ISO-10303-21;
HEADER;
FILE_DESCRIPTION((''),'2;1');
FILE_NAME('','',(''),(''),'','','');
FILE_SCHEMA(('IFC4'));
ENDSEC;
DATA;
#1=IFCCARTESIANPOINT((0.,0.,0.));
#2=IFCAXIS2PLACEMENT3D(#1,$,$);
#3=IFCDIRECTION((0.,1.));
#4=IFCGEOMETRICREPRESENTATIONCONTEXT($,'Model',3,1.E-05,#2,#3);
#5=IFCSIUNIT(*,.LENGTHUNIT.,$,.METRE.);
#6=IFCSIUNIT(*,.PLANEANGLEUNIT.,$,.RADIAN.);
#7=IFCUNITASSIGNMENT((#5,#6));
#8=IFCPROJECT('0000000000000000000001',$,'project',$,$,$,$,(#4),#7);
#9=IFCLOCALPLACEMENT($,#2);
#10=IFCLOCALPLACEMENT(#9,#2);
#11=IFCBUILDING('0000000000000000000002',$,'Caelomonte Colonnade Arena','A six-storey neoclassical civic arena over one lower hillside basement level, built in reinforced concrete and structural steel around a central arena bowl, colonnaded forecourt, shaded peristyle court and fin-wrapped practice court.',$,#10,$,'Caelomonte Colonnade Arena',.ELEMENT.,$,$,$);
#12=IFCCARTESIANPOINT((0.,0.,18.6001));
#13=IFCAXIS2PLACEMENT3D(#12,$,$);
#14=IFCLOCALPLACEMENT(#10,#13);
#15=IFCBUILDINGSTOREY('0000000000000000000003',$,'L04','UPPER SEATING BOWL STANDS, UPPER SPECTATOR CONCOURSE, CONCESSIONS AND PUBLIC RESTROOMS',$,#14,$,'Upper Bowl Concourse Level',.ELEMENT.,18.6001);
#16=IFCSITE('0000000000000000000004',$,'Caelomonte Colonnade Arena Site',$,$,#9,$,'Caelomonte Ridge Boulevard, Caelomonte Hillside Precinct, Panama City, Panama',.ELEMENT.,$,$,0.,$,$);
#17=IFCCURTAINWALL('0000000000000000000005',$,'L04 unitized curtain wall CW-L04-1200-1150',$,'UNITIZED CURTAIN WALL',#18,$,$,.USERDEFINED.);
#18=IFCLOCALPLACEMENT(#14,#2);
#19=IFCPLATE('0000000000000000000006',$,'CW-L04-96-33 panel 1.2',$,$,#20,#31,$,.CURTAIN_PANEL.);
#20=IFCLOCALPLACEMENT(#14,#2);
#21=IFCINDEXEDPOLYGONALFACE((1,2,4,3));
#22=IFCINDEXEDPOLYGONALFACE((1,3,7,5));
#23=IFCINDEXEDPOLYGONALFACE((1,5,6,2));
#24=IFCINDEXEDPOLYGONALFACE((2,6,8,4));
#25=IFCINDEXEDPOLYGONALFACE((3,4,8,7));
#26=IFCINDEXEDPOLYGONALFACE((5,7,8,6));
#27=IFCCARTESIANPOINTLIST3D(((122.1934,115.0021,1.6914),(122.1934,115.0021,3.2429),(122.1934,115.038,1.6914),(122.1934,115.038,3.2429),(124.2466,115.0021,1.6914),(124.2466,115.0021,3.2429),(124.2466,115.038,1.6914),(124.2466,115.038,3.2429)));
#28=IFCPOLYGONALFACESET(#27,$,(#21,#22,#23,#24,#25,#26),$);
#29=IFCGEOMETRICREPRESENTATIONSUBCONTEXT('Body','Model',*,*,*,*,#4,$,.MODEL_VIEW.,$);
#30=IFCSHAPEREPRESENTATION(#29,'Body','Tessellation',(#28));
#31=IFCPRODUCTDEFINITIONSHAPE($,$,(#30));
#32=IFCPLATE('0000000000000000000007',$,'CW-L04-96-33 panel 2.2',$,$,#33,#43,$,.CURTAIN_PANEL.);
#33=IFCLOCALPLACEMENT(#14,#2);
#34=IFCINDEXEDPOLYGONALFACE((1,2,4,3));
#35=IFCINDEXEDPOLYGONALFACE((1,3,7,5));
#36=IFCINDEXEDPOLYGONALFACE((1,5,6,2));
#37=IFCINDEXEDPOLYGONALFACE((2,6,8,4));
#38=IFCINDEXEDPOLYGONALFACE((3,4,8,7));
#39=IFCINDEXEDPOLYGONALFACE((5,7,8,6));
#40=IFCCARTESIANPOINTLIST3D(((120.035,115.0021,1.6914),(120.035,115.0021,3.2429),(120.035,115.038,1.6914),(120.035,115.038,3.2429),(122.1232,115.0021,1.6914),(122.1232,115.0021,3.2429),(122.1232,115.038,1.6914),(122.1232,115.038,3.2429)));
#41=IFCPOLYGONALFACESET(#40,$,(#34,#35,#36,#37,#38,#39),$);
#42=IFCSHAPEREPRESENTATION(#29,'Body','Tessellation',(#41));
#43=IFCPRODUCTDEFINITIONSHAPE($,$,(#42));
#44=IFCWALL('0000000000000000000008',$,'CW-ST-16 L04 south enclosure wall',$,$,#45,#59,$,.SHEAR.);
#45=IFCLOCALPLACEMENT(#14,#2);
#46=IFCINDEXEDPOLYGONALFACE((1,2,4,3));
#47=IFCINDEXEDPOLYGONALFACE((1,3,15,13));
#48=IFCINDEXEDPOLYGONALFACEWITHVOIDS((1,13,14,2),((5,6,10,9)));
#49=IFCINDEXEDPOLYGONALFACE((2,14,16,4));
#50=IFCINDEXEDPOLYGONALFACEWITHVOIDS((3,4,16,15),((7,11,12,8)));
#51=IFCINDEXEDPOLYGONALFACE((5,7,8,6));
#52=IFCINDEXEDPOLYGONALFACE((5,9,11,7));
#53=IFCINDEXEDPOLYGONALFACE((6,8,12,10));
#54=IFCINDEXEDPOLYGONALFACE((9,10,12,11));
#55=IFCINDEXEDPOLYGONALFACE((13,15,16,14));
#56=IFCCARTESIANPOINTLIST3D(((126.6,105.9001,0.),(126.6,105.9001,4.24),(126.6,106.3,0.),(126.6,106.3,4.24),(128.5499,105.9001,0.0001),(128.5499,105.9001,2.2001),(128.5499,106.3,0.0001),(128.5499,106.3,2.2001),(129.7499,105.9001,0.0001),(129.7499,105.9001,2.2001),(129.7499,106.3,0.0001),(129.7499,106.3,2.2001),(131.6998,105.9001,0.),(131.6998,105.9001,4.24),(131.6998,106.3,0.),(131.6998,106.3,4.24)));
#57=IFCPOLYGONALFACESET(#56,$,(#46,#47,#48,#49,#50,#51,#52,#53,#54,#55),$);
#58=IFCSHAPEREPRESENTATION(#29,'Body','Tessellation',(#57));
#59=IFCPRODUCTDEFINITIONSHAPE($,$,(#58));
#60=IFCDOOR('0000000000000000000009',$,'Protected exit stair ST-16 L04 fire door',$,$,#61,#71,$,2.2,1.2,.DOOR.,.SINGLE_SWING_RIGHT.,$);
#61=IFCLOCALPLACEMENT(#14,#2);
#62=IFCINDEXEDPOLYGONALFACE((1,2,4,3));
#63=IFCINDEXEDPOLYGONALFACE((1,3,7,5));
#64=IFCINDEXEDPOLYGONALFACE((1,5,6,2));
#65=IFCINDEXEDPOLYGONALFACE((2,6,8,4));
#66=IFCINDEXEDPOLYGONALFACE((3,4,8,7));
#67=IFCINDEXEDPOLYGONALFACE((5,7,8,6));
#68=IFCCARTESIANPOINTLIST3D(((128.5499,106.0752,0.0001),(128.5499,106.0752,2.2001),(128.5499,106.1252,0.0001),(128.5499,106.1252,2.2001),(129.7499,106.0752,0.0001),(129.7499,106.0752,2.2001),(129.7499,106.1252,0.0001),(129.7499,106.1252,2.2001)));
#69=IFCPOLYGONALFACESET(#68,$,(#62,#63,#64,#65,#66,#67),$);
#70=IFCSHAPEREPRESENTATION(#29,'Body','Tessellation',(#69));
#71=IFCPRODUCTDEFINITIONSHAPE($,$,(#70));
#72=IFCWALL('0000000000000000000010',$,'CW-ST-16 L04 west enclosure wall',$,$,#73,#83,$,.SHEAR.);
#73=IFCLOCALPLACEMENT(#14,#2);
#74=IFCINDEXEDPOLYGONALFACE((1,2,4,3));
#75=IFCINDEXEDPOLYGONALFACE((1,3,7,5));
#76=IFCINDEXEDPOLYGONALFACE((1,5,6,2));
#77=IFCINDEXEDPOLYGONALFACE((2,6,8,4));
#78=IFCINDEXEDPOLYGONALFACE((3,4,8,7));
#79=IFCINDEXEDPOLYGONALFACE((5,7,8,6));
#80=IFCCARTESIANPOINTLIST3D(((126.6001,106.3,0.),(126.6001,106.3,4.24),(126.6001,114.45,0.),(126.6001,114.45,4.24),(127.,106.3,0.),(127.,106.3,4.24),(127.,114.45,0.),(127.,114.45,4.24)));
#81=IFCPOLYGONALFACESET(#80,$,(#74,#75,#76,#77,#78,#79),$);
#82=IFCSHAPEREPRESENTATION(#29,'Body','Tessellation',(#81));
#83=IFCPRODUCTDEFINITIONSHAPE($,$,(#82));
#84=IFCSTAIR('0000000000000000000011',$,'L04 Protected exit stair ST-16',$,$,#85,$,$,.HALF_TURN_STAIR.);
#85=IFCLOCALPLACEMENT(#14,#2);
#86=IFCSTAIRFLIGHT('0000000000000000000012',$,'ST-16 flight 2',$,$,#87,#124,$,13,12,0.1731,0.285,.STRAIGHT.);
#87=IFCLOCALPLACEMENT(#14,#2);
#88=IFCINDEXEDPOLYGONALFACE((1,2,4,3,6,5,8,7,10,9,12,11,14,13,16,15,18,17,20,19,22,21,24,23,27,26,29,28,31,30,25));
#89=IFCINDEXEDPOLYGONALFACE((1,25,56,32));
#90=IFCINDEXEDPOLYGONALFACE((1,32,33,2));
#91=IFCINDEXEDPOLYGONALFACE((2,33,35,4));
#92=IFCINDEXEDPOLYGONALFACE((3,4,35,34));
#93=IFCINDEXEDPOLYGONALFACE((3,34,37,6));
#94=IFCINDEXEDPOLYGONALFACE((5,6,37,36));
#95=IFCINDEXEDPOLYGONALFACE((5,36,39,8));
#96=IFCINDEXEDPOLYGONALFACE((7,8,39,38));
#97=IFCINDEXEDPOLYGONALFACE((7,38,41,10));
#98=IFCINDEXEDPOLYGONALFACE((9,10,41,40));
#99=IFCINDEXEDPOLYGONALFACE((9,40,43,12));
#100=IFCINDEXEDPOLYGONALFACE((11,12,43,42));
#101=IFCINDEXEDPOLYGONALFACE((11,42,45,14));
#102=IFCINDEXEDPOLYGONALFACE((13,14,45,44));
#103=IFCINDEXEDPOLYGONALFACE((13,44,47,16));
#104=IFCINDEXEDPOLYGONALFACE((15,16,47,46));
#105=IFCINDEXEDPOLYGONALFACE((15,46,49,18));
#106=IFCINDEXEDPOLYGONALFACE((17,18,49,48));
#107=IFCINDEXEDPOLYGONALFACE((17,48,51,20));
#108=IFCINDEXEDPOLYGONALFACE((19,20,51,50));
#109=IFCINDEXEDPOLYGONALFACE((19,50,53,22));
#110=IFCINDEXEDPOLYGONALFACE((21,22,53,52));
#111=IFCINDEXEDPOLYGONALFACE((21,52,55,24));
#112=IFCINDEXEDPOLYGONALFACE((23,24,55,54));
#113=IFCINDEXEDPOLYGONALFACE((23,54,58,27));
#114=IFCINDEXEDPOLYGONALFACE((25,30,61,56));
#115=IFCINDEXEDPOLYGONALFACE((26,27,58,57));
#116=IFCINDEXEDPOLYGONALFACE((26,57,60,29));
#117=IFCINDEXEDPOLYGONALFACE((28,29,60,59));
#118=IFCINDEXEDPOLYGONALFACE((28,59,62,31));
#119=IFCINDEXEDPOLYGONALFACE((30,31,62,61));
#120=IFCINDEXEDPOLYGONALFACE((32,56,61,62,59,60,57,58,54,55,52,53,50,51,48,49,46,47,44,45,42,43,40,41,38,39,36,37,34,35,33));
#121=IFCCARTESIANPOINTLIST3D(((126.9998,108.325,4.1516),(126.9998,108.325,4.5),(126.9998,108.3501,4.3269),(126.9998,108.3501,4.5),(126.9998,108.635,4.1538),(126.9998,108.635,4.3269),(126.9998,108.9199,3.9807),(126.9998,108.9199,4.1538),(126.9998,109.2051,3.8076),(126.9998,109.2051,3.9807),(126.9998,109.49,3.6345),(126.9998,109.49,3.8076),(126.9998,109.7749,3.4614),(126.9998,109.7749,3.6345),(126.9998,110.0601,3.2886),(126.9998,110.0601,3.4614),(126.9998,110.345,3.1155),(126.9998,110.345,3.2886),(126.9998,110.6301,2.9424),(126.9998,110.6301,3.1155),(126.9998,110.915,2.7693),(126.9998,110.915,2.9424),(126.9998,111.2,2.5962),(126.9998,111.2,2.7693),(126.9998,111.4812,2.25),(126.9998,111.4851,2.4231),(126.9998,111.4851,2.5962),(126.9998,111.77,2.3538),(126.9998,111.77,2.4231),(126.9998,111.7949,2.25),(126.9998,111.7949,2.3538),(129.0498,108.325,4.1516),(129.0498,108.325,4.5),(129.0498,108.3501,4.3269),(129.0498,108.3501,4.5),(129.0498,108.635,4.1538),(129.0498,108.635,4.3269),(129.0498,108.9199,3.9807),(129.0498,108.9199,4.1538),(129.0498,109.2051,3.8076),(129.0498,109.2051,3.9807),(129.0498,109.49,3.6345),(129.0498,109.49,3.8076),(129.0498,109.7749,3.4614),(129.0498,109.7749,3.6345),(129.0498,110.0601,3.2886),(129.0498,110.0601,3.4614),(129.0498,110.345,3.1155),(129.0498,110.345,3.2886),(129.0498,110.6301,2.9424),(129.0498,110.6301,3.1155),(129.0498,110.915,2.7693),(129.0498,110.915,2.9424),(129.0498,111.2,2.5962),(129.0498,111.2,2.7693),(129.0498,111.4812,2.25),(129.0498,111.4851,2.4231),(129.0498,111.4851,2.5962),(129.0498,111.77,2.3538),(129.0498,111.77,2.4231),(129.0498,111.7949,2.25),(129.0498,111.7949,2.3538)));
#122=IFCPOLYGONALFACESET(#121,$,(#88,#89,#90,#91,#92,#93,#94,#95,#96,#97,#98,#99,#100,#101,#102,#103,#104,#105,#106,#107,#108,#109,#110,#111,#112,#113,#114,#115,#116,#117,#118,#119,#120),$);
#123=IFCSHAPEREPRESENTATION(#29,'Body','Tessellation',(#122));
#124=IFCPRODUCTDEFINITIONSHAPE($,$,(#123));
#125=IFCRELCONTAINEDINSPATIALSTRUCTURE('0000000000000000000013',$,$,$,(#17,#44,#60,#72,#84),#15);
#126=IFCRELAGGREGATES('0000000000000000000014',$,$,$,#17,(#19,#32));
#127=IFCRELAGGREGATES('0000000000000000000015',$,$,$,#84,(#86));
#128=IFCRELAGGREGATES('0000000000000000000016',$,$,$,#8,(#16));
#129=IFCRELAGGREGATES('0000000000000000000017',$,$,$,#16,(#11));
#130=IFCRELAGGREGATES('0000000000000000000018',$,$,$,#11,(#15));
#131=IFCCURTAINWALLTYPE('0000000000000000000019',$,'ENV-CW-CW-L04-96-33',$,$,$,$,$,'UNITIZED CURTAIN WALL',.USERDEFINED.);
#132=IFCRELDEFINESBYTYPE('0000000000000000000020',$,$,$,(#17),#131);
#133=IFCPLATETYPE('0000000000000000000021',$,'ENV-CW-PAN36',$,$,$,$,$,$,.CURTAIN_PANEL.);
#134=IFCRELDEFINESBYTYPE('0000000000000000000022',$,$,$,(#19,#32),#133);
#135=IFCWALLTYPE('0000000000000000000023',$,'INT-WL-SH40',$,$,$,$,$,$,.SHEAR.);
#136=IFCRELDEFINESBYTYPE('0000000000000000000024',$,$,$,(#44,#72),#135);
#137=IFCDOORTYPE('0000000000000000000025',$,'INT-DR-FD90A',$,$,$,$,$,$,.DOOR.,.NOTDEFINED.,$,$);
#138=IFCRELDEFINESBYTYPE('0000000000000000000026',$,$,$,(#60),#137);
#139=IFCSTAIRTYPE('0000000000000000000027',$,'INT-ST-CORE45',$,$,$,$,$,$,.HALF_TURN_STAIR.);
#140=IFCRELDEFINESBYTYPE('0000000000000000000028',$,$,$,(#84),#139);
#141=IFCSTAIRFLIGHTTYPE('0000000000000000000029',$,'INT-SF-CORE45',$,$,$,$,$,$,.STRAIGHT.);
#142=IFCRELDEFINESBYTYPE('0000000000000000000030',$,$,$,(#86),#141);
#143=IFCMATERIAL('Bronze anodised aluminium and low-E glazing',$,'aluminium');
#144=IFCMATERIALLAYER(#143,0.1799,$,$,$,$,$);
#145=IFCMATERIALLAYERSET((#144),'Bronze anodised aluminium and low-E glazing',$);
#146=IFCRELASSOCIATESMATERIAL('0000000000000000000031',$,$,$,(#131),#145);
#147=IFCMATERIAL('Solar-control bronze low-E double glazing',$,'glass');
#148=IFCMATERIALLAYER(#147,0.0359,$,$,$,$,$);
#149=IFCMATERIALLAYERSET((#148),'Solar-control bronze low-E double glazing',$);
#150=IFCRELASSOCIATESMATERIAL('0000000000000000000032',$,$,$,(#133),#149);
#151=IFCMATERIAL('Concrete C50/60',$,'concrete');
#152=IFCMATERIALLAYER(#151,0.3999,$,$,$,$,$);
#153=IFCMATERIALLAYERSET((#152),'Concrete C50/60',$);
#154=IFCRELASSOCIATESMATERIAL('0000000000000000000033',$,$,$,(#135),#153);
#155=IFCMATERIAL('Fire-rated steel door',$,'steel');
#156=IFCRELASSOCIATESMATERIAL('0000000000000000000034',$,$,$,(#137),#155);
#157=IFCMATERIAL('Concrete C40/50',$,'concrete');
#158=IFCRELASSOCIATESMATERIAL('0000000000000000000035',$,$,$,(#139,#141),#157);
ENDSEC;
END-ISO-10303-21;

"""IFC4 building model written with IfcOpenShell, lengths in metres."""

from ifc_helpers import new_model, si_unit, direction, frame, frame_2d, origin, origin_2d, place, context, subcontext, project, spatial, polyline, rectangle, outline, extrude, material, layer, layer_set, type_object, element, fill, aggregate, save


model = new_model("IFC4")

# Units and contexts
model_context = context("Model", 3, precision=1e-05, world=origin(), true_north=direction((0.0, 1.0)))
body_context = subcontext(model_context, "Body", "Model", "MODEL_VIEW")
ifc_project = project(units=[si_unit("LENGTHUNIT", "METRE"), si_unit("PLANEANGLEUNIT", "RADIAN")], contexts=[model_context])

# Site, building, storey
site_placement = place(None, origin())
site = spatial("IfcSite", under=ifc_project, at=site_placement, Name="Caelomonte Colonnade Arena Site", LongName="Caelomonte Ridge Boulevard, Caelomonte Hillside Precinct, Panama City, Panama", CompositionType="ELEMENT", RefElevation=0.0)
building_placement = place(site_placement, origin())
building = spatial("IfcBuilding", under=site, at=building_placement, Name="Caelomonte Colonnade Arena", Description="A six-storey neoclassical civic arena over one lower hillside basement level, built in reinforced concrete and structural steel around a central arena bowl, colonnaded forecourt, shaded peristyle court and fin-wrapped practice court.", LongName="Caelomonte Colonnade Arena", CompositionType="ELEMENT")
storey_placement = place(building_placement, frame((0.0, 0.0, 18.6001)))
storey = spatial("IfcBuildingStorey", under=building, at=storey_placement, Name="L04", Description="UPPER SEATING BOWL STANDS, UPPER SPECTATOR CONCOURSE, CONCESSIONS AND PUBLIC RESTROOMS", LongName="Upper Bowl Concourse Level", CompositionType="ELEMENT", Elevation=18.6001)

# Shared definitions
ifc_material_1 = material(Name="Concrete C40/50", Category="concrete")

# Curtain wall
ifc_material_2 = material(Name="Bronze anodised aluminium and low-E glazing", Category="aluminium")
ifc_layer_1 = layer(ifc_material_2, 0.1799)
ifc_layer_set_1 = layer_set([ifc_layer_1], Name="Bronze anodised aluminium and low-E glazing")
curtain_wall_type = type_object("IfcCurtainWallType", Name="ENV-CW-CW-L04-96-33", ElementType="UNITIZED CURTAIN WALL", PredefinedType="USERDEFINED", material=ifc_layer_set_1)
curtain_wall_1_placement = place(storey_placement, origin())
curtain_wall_1 = element("IfcCurtainWall", 1, at=curtain_wall_1_placement, inside=storey, type_object=curtain_wall_type, Name="L04 unitized curtain wall CW-L04-1200-1150", ObjectType="UNITIZED CURTAIN WALL", PredefinedType="USERDEFINED")

# Plates
ifc_material_3 = material(Name="Solar-control bronze low-E double glazing", Category="glass")
ifc_layer_2 = layer(ifc_material_3, 0.0359)
ifc_layer_set_2 = layer_set([ifc_layer_2], Name="Solar-control bronze low-E double glazing")
plate_type = type_object("IfcPlateType", Name="ENV-CW-PAN36", PredefinedType="CURTAIN_PANEL", material=ifc_layer_set_2)
plate_1_placement = place(storey_placement, frame((123.22, 115.02, 1.6914), z_axis=(0.0, 0.0, 1.0), x_axis=(-1.0, 0.0, 0.0)))
plate_1 = element("IfcPlate", 2, at=plate_1_placement, type_object=plate_type, Name="CW-L04-96-33 panel 1.2", PredefinedType="CURTAIN_PANEL", context=body_context, shape_type="SweptSolid", body=[
    extrude(rectangle(XDim=2.0532, YDim=0.0359, at=origin_2d()), origin(), (0.0, 0.0, 1.0), 1.5515),
])
plate_2_placement = place(storey_placement, frame((121.0791, 115.02, 1.6914), z_axis=(0.0, 0.0, 1.0), x_axis=(-1.0, 0.0, 0.0)))
plate_2 = element("IfcPlate", 3, at=plate_2_placement, type_object=plate_type, Name="CW-L04-96-33 panel 2.2", PredefinedType="CURTAIN_PANEL", context=body_context, shape_type="SweptSolid", body=[
    extrude(rectangle(XDim=2.0881, YDim=0.0359, at=origin_2d()), origin(), (0.0, 0.0, 1.0), 1.5515),
])
aggregate(curtain_wall_1, [plate_1, plate_2])

# Wall, opening, door
ifc_material_4 = material(Name="Concrete C50/60", Category="concrete")
ifc_layer_3 = layer(ifc_material_4, 0.3999)
ifc_layer_set_3 = layer_set([ifc_layer_3], Name="Concrete C50/60")
wall_type = type_object("IfcWallType", Name="INT-WL-SH40", PredefinedType="SHEAR", material=ifc_layer_set_3)
wall_1_placement = place(storey_placement, frame((126.6001, 106.1001, 0.0), z_axis=(0.0, 0.0, 1.0), x_axis=(1.0, 0.0, 0.0)))
wall_1 = element("IfcWall", 4, at=wall_1_placement, inside=storey, type_object=wall_type, Name="CW-ST-16 L04 south enclosure wall", PredefinedType="SHEAR", context=body_context, shape_type="SweptSolid", body=[
    extrude(rectangle(XDim=5.0999, YDim=0.3999, at=frame_2d((2.5498, 0.0))), origin(), (0.0, 0.0, 1.0), 4.24),
])
opening_placement = place(wall_1_placement, frame((3.1499, 0.0, 0.0), z_axis=(0.0, 0.0, 1.0), x_axis=(-1.0, 0.0, 0.0)))
opening = element("IfcOpeningElement", 5, at=opening_placement, cuts=wall_1, PredefinedType="OPENING", context=body_context, shape_type="SweptSolid", body=[
    extrude(rectangle(XDim=1.2, YDim=2.2, at=frame_2d((0.6001, 1.1001))), frame((0.0, 0.21, 0.0), z_axis=(0.0, -1.0, 0.0), x_axis=(1.0, 0.0, 0.0)), (0.0, 0.0, 1.0), 0.4199),
])
ifc_material_5 = material(Name="Fire-rated steel door", Category="steel")
door_type = type_object("IfcDoorType", Name="INT-DR-FD90A", OperationType="NOTDEFINED", PredefinedType="DOOR", material=ifc_material_5)
door_placement = place(opening_placement, origin())
door = element("IfcDoor", 6, at=door_placement, inside=storey, type_object=door_type, Name="Protected exit stair ST-16 L04 fire door", OperationType="SINGLE_SWING_RIGHT", OverallHeight=2.2, OverallWidth=1.2, PredefinedType="DOOR", context=body_context, shape_type="SweptSolid", body=[
    extrude(rectangle(XDim=1.2, YDim=2.2, at=frame_2d((0.6001, 1.1001))), frame((0.0, 0.0249, 0.0), z_axis=(0.0, -1.0, 0.0), x_axis=(1.0, 0.0, 0.0)), (0.0, 0.0, 1.0), 0.05),
])
fill(opening, door)

# Wall
wall_2_placement = place(storey_placement, frame((126.8, 114.45, 0.0), z_axis=(0.0, 0.0, 1.0), x_axis=(0.0, -1.0, 0.0)))
element("IfcWall", 7, at=wall_2_placement, inside=storey, type_object=wall_type, Name="CW-ST-16 L04 west enclosure wall", PredefinedType="SHEAR", context=body_context, shape_type="SweptSolid", body=[
    extrude(rectangle(XDim=8.1499, YDim=0.3999, at=frame_2d((4.075, 0.0))), origin(), (0.0, 0.0, 1.0), 4.24),
])

# Stair, stair flight
stair_type = type_object("IfcStairType", Name="INT-ST-CORE45", PredefinedType="HALF_TURN_STAIR", material=ifc_material_1)
stair_placement = place(storey_placement, origin())
stair = element("IfcStair", 8, at=stair_placement, inside=storey, type_object=stair_type, Name="L04 Protected exit stair ST-16", PredefinedType="HALF_TURN_STAIR")
stair_flight_type = type_object("IfcStairFlightType", Name="INT-SF-CORE45", PredefinedType="STRAIGHT", material=ifc_material_1)
stair_flight_placement = place(storey_placement, frame((128.0249, 111.77, 2.25), z_axis=(0.0, 0.0, 1.0), x_axis=(0.0, -1.0, 0.0)))
stair_flight = element("IfcStairFlight", 9, at=stair_flight_placement, type_object=stair_flight_type, Name="ST-16 flight 2", NumberOfRisers=13, NumberOfTreads=12, PredefinedType="STRAIGHT", RiserHeight=0.1731, TreadLength=0.285, context=body_context, shape_type="SweptSolid", body=[
    extrude(outline(polyline([(-0.0249, 0.0), (-0.0249, 0.1038), (0.0, 0.1038), (0.0, 0.1731), (0.2849, 0.1731), (0.2849, 0.3462), (0.5701, 0.3462), (0.5701, 0.5193), (0.855, 0.5193), (0.855, 0.6924), (1.1399, 0.6924), (1.1399, 0.8655), (1.425, 0.8655), (1.425, 1.0386), (1.71, 1.0386), (1.71, 1.2114), (1.9951, 1.2114), (1.9951, 1.3845), (2.28, 1.3845), (2.28, 1.5576), (2.5649, 1.5576), (2.5649, 1.7307), (2.8501, 1.7307), (2.8501, 1.9038), (3.135, 1.9038), (3.135, 2.0769), (3.4199, 2.0769), (3.4199, 2.25), (3.4451, 2.25), (3.4451, 1.9016), (0.2888, 0.0), (-0.0249, 0.0)])), frame((0.0, 1.0249, 0.0), z_axis=(0.0, -1.0, 0.0), x_axis=(1.0, 0.0, 0.0)), (0.0, 0.0, 1.0), 2.05),
])
aggregate(stair, [stair_flight])

save(model, "model.ifc")
